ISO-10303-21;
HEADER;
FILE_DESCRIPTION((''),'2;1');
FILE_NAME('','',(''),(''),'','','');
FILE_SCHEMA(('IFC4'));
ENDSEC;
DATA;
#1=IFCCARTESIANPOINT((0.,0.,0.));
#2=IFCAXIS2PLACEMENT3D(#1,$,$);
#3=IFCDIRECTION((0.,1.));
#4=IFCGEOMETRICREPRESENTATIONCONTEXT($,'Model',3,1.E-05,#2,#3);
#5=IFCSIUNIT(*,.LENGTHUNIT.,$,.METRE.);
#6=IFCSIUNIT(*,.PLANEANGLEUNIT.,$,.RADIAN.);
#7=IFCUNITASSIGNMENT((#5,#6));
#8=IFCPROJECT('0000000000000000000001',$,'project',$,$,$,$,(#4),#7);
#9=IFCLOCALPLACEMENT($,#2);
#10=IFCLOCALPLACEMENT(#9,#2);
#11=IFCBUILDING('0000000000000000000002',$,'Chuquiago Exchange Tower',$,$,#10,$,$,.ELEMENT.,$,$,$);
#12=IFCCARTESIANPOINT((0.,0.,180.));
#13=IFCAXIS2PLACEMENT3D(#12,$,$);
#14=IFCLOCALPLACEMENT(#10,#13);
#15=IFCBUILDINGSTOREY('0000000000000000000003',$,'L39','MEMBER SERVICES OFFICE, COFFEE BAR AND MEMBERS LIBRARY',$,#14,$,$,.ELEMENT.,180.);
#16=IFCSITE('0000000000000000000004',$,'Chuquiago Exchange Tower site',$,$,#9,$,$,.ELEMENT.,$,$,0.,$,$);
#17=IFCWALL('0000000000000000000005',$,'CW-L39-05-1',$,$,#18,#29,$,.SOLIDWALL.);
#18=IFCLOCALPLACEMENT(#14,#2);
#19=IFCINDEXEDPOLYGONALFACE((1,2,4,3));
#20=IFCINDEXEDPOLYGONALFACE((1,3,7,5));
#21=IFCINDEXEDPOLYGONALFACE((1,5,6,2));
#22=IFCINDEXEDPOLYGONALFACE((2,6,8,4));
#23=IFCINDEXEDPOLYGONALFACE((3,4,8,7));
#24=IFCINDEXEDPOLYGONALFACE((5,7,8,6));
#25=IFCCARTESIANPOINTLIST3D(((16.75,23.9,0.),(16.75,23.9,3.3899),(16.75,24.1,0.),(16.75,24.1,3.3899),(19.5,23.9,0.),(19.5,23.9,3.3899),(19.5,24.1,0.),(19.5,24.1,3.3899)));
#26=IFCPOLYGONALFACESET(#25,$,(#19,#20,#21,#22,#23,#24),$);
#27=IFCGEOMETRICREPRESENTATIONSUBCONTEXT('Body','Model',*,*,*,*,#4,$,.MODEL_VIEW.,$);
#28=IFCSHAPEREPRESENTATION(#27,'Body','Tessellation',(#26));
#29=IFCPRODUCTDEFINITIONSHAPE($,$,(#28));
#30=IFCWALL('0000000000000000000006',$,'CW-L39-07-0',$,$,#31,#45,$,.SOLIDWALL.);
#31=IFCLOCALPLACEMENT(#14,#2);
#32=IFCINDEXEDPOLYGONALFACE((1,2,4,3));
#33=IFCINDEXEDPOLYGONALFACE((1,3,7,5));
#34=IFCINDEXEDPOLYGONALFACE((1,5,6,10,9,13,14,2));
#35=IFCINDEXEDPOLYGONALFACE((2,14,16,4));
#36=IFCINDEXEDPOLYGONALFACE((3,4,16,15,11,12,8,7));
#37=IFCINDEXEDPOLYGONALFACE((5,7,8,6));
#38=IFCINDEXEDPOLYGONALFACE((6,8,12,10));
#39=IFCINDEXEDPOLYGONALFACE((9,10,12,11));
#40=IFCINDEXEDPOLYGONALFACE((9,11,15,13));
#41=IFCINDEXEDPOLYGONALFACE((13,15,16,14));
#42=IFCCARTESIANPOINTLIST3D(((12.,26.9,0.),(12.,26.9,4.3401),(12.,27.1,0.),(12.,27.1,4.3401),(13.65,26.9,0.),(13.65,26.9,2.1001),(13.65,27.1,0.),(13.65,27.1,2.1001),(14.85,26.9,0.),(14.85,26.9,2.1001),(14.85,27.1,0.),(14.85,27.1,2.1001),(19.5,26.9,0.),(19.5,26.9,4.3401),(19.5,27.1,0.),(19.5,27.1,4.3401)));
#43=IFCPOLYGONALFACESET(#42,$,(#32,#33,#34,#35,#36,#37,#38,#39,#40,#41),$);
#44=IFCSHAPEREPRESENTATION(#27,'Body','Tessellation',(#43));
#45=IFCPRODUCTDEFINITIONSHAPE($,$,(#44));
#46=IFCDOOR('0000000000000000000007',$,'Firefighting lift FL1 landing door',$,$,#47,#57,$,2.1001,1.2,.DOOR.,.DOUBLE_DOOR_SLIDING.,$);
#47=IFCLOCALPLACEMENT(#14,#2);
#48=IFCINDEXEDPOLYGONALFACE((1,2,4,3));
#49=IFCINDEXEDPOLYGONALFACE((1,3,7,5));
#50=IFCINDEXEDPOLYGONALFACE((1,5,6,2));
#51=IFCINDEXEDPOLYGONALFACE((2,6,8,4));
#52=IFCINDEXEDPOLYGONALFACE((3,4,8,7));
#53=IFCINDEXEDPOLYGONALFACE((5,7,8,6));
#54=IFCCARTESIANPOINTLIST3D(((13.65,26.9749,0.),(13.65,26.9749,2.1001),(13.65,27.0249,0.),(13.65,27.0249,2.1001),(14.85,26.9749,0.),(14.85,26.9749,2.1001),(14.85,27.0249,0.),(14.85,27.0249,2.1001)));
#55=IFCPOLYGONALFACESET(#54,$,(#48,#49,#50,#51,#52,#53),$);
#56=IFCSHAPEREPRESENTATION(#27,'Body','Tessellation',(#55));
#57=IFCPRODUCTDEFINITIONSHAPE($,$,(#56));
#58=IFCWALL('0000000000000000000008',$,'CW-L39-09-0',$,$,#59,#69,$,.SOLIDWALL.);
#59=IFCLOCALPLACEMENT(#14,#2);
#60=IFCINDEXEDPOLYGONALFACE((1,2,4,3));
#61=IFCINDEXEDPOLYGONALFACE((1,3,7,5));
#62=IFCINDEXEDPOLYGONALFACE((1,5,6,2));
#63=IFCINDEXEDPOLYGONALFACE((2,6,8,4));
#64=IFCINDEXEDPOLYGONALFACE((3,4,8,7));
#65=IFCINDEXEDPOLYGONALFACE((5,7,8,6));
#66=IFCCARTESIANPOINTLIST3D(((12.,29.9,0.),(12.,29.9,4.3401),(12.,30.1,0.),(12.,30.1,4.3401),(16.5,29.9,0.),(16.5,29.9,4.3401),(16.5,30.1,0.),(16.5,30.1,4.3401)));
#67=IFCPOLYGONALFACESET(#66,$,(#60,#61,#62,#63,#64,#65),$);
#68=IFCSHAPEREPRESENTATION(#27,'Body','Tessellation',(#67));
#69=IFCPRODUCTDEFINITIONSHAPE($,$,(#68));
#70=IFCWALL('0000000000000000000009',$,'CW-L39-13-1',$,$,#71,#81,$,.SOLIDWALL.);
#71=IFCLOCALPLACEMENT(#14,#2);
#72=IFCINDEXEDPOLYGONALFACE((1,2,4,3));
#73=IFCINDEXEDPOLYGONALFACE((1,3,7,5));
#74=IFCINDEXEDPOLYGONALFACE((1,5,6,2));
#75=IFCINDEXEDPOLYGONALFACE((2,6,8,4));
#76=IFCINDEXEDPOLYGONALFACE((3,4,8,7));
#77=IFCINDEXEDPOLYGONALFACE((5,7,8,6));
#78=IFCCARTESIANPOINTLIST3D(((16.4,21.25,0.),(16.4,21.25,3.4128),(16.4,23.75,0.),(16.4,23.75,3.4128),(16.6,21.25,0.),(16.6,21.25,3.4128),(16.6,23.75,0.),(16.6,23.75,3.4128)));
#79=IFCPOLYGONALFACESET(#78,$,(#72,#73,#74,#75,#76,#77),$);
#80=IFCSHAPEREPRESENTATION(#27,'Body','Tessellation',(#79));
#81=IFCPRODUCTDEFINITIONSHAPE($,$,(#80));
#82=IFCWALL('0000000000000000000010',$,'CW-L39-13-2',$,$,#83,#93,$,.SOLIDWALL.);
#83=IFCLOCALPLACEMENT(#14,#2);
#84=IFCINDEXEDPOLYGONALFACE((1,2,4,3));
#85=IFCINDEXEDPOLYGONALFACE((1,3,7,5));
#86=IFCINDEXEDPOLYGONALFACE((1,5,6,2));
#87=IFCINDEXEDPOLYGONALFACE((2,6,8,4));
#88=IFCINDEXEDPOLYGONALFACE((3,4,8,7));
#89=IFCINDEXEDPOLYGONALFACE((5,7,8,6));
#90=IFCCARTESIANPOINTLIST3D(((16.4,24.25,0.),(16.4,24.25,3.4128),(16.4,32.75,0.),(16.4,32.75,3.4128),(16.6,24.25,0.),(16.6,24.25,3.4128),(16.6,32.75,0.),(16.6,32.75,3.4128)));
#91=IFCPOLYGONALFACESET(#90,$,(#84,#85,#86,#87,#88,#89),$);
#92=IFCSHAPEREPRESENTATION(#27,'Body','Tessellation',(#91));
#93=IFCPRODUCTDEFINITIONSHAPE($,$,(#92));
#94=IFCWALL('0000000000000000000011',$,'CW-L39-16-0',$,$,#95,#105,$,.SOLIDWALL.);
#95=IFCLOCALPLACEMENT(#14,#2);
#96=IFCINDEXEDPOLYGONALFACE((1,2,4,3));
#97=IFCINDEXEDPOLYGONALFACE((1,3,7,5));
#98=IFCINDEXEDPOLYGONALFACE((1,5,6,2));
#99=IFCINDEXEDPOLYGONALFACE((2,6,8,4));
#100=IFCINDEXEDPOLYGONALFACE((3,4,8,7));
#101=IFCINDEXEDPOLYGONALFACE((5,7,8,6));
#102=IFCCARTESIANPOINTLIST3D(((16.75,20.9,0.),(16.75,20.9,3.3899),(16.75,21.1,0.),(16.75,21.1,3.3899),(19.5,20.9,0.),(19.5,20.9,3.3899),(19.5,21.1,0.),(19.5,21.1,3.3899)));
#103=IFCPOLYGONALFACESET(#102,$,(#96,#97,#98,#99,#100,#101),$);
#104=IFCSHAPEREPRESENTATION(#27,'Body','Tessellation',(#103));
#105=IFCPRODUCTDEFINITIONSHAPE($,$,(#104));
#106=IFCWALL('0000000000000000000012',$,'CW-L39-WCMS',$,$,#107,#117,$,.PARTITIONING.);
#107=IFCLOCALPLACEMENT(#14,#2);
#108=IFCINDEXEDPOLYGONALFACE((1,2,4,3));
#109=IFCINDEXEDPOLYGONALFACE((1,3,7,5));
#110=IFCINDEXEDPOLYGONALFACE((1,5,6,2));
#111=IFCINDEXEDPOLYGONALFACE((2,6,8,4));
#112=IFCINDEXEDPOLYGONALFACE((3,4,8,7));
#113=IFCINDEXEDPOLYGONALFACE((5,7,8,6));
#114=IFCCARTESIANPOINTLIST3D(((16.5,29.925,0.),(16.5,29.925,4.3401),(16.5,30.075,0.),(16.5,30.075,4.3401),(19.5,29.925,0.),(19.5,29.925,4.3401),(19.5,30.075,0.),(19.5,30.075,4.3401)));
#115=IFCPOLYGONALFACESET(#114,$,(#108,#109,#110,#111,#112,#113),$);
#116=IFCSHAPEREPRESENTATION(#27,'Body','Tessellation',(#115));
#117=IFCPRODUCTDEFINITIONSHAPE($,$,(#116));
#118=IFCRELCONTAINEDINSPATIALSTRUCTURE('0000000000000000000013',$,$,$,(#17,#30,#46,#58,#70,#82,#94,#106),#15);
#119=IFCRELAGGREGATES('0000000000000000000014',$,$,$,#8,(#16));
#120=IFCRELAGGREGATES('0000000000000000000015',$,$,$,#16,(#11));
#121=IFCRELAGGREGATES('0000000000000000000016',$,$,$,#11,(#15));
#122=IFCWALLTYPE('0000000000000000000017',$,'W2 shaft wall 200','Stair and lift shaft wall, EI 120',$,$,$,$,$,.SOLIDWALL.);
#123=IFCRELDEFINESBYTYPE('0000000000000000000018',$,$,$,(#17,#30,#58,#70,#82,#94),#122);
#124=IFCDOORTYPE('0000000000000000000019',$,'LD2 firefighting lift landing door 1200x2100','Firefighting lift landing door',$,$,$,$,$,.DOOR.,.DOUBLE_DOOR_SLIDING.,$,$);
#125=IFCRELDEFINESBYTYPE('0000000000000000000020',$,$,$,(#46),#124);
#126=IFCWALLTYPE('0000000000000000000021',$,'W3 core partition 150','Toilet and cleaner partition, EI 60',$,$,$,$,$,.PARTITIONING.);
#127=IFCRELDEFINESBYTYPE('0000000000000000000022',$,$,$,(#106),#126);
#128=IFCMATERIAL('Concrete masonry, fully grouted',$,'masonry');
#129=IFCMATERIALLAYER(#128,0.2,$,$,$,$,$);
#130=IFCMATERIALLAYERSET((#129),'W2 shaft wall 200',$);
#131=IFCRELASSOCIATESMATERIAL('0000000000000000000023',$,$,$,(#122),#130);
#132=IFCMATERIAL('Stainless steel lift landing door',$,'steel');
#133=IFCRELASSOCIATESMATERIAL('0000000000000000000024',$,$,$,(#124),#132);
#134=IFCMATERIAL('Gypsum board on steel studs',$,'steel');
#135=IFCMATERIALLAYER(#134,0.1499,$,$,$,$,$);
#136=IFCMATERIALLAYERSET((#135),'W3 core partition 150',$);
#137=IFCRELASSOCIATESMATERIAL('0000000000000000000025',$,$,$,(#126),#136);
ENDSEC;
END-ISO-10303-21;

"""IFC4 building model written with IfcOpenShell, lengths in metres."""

from ifc_helpers import new_model, si_unit, direction, frame, frame_2d, origin, place, context, subcontext, project, spatial, rectangle, extrude, material, layer, layer_set, type_object, element, fill, save


model = new_model("IFC4")

# Units and contexts
model_context = context("Model", 3, precision=1e-05, world=origin(), true_north=direction((0.0, 1.0)))
body_context = subcontext(model_context, "Body", "Model", "MODEL_VIEW")
ifc_project = project(units=[si_unit("LENGTHUNIT", "METRE"), si_unit("PLANEANGLEUNIT", "RADIAN")], contexts=[model_context])

# Site, building, storey
site_placement = place(None, origin())
site = spatial("IfcSite", under=ifc_project, at=site_placement, Name="Chuquiago Exchange Tower site", CompositionType="ELEMENT", RefElevation=0.0)
building_placement = place(site_placement, origin())
building = spatial("IfcBuilding", under=site, at=building_placement, Name="Chuquiago Exchange Tower", CompositionType="ELEMENT")
storey_placement = place(building_placement, frame((0.0, 0.0, 180.0)))
storey = spatial("IfcBuildingStorey", under=building, at=storey_placement, Name="L39", Description="MEMBER SERVICES OFFICE, COFFEE BAR AND MEMBERS LIBRARY", CompositionType="ELEMENT", Elevation=180.0)

# Shared definitions
ifc_material_1 = material(Name="Concrete masonry, fully grouted", Category="masonry")
ifc_layer_1 = layer(ifc_material_1, 0.2)
ifc_layer_set_1 = layer_set([ifc_layer_1], Name="W2 shaft wall 200")
wall_type_1 = type_object("IfcWallType", Name="W2 shaft wall 200", Description="Stair and lift shaft wall, EI 120", PredefinedType="SOLIDWALL", material=ifc_layer_set_1)

# Wall
wall_1_placement = place(storey_placement, frame((16.75, 24.0, 0.0), z_axis=(0.0, 0.0, 1.0), x_axis=(1.0, 0.0, 0.0)))
element("IfcWall", 1, at=wall_1_placement, inside=storey, type_object=wall_type_1, Name="CW-L39-05-1", PredefinedType="SOLIDWALL", context=body_context, shape_type="SweptSolid", body=[
    extrude(rectangle(XDim=2.75, YDim=0.2, at=frame_2d((1.375, 0.0))), origin(), (0.0, 0.0, 1.0), 3.3899),
])

# Wall, opening, door
wall_2_placement = place(storey_placement, frame((12.0, 27.0, 0.0), z_axis=(0.0, 0.0, 1.0), x_axis=(1.0, 0.0, 0.0)))
wall_2 = element("IfcWall", 2, at=wall_2_placement, inside=storey, type_object=wall_type_1, Name="CW-L39-07-0", PredefinedType="SOLIDWALL", context=body_context, shape_type="SweptSolid", body=[
    extrude(rectangle(XDim=7.5, YDim=0.2, at=frame_2d((3.75, 0.0))), origin(), (0.0, 0.0, 1.0), 4.3401),
])
opening_1_placement = place(wall_2_placement, frame((1.6499, 0.0, 0.0)))
opening_1 = element("IfcOpeningElement", 3, at=opening_1_placement, cuts=wall_2, PredefinedType="OPENING", context=body_context, shape_type="SweptSolid", body=[
    extrude(rectangle(XDim=1.2, YDim=2.1001, at=frame_2d((0.6001, 1.05))), frame((0.0, 0.1099, 0.0), z_axis=(0.0, -1.0, 0.0), x_axis=(1.0, 0.0, 0.0)), (0.0, 0.0, 1.0), 0.22),
])
ifc_material_2 = material(Name="Stainless steel lift landing door", Category="steel")
door_type_1 = type_object("IfcDoorType", Name="LD2 firefighting lift landing door 1200x2100", Description="Firefighting lift landing door", OperationType="DOUBLE_DOOR_SLIDING", PredefinedType="DOOR", material=ifc_material_2)
door_1_placement = place(opening_1_placement, origin())
door_1 = element("IfcDoor", 4, at=door_1_placement, inside=storey, type_object=door_type_1, Name="Firefighting lift FL1 landing door", OperationType="DOUBLE_DOOR_SLIDING", OverallHeight=2.1001, OverallWidth=1.2, PredefinedType="DOOR", context=body_context, shape_type="SweptSolid", body=[
    extrude(rectangle(XDim=1.2, YDim=2.1001, at=frame_2d((0.6001, 1.05))), frame((0.0, 0.0249, 0.0), z_axis=(0.0, -1.0, 0.0), x_axis=(1.0, 0.0, 0.0)), (0.0, 0.0, 1.0), 0.05),
])
fill(opening_1, door_1)

# Walls
wall_3_placement = place(storey_placement, frame((12.0, 30.0, 0.0), z_axis=(0.0, 0.0, 1.0), x_axis=(1.0, 0.0, 0.0)))
element("IfcWall", 5, at=wall_3_placement, inside=storey, type_object=wall_type_1, Name="CW-L39-09-0", PredefinedType="SOLIDWALL", context=body_context, shape_type="SweptSolid", body=[
    extrude(rectangle(XDim=4.5, YDim=0.2, at=frame_2d((2.25, 0.0))), origin(), (0.0, 0.0, 1.0), 4.3401),
])
wall_4_placement = place(storey_placement, frame((16.5, 21.25, 0.0), z_axis=(0.0, 0.0, 1.0), x_axis=(0.0, 1.0, 0.0)))
element("IfcWall", 6, at=wall_4_placement, inside=storey, type_object=wall_type_1, Name="CW-L39-13-1", PredefinedType="SOLIDWALL", context=body_context, shape_type="SweptSolid", body=[
    extrude(rectangle(XDim=2.5, YDim=0.2, at=frame_2d((1.25, 0.0))), origin(), (0.0, 0.0, 1.0), 3.4128),
])
wall_5_placement = place(storey_placement, frame((16.5, 24.25, 0.0), z_axis=(0.0, 0.0, 1.0), x_axis=(0.0, 1.0, 0.0)))
element("IfcWall", 7, at=wall_5_placement, inside=storey, type_object=wall_type_1, Name="CW-L39-13-2", PredefinedType="SOLIDWALL", context=body_context, shape_type="SweptSolid", body=[
    extrude(rectangle(XDim=8.5, YDim=0.2, at=frame_2d((4.25, 0.0))), origin(), (0.0, 0.0, 1.0), 3.4128),
])
wall_6_placement = place(storey_placement, frame((16.75, 21.0, 0.0), z_axis=(0.0, 0.0, 1.0), x_axis=(1.0, 0.0, 0.0)))
element("IfcWall", 8, at=wall_6_placement, inside=storey, type_object=wall_type_1, Name="CW-L39-16-0", PredefinedType="SOLIDWALL", context=body_context, shape_type="SweptSolid", body=[
    extrude(rectangle(XDim=2.75, YDim=0.2, at=frame_2d((1.375, 0.0))), origin(), (0.0, 0.0, 1.0), 3.3899),
])
ifc_material_3 = material(Name="Gypsum board on steel studs", Category="steel")
ifc_layer_2 = layer(ifc_material_3, 0.1499)
ifc_layer_set_2 = layer_set([ifc_layer_2], Name="W3 core partition 150")
wall_type_2 = type_object("IfcWallType", Name="W3 core partition 150", Description="Toilet and cleaner partition, EI 60", PredefinedType="PARTITIONING", material=ifc_layer_set_2)
wall_7_placement = place(storey_placement, frame((16.5, 30.0, 0.0), z_axis=(0.0, 0.0, 1.0), x_axis=(1.0, 0.0, 0.0)))
element("IfcWall", 9, at=wall_7_placement, inside=storey, type_object=wall_type_2, Name="CW-L39-WCMS", PredefinedType="PARTITIONING", context=body_context, shape_type="SweptSolid", body=[
    extrude(rectangle(XDim=3.0, YDim=0.1499, at=frame_2d((1.5, 0.0))), origin(), (0.0, 0.0, 1.0), 4.3401),
])

save(model, "model.ifc")
